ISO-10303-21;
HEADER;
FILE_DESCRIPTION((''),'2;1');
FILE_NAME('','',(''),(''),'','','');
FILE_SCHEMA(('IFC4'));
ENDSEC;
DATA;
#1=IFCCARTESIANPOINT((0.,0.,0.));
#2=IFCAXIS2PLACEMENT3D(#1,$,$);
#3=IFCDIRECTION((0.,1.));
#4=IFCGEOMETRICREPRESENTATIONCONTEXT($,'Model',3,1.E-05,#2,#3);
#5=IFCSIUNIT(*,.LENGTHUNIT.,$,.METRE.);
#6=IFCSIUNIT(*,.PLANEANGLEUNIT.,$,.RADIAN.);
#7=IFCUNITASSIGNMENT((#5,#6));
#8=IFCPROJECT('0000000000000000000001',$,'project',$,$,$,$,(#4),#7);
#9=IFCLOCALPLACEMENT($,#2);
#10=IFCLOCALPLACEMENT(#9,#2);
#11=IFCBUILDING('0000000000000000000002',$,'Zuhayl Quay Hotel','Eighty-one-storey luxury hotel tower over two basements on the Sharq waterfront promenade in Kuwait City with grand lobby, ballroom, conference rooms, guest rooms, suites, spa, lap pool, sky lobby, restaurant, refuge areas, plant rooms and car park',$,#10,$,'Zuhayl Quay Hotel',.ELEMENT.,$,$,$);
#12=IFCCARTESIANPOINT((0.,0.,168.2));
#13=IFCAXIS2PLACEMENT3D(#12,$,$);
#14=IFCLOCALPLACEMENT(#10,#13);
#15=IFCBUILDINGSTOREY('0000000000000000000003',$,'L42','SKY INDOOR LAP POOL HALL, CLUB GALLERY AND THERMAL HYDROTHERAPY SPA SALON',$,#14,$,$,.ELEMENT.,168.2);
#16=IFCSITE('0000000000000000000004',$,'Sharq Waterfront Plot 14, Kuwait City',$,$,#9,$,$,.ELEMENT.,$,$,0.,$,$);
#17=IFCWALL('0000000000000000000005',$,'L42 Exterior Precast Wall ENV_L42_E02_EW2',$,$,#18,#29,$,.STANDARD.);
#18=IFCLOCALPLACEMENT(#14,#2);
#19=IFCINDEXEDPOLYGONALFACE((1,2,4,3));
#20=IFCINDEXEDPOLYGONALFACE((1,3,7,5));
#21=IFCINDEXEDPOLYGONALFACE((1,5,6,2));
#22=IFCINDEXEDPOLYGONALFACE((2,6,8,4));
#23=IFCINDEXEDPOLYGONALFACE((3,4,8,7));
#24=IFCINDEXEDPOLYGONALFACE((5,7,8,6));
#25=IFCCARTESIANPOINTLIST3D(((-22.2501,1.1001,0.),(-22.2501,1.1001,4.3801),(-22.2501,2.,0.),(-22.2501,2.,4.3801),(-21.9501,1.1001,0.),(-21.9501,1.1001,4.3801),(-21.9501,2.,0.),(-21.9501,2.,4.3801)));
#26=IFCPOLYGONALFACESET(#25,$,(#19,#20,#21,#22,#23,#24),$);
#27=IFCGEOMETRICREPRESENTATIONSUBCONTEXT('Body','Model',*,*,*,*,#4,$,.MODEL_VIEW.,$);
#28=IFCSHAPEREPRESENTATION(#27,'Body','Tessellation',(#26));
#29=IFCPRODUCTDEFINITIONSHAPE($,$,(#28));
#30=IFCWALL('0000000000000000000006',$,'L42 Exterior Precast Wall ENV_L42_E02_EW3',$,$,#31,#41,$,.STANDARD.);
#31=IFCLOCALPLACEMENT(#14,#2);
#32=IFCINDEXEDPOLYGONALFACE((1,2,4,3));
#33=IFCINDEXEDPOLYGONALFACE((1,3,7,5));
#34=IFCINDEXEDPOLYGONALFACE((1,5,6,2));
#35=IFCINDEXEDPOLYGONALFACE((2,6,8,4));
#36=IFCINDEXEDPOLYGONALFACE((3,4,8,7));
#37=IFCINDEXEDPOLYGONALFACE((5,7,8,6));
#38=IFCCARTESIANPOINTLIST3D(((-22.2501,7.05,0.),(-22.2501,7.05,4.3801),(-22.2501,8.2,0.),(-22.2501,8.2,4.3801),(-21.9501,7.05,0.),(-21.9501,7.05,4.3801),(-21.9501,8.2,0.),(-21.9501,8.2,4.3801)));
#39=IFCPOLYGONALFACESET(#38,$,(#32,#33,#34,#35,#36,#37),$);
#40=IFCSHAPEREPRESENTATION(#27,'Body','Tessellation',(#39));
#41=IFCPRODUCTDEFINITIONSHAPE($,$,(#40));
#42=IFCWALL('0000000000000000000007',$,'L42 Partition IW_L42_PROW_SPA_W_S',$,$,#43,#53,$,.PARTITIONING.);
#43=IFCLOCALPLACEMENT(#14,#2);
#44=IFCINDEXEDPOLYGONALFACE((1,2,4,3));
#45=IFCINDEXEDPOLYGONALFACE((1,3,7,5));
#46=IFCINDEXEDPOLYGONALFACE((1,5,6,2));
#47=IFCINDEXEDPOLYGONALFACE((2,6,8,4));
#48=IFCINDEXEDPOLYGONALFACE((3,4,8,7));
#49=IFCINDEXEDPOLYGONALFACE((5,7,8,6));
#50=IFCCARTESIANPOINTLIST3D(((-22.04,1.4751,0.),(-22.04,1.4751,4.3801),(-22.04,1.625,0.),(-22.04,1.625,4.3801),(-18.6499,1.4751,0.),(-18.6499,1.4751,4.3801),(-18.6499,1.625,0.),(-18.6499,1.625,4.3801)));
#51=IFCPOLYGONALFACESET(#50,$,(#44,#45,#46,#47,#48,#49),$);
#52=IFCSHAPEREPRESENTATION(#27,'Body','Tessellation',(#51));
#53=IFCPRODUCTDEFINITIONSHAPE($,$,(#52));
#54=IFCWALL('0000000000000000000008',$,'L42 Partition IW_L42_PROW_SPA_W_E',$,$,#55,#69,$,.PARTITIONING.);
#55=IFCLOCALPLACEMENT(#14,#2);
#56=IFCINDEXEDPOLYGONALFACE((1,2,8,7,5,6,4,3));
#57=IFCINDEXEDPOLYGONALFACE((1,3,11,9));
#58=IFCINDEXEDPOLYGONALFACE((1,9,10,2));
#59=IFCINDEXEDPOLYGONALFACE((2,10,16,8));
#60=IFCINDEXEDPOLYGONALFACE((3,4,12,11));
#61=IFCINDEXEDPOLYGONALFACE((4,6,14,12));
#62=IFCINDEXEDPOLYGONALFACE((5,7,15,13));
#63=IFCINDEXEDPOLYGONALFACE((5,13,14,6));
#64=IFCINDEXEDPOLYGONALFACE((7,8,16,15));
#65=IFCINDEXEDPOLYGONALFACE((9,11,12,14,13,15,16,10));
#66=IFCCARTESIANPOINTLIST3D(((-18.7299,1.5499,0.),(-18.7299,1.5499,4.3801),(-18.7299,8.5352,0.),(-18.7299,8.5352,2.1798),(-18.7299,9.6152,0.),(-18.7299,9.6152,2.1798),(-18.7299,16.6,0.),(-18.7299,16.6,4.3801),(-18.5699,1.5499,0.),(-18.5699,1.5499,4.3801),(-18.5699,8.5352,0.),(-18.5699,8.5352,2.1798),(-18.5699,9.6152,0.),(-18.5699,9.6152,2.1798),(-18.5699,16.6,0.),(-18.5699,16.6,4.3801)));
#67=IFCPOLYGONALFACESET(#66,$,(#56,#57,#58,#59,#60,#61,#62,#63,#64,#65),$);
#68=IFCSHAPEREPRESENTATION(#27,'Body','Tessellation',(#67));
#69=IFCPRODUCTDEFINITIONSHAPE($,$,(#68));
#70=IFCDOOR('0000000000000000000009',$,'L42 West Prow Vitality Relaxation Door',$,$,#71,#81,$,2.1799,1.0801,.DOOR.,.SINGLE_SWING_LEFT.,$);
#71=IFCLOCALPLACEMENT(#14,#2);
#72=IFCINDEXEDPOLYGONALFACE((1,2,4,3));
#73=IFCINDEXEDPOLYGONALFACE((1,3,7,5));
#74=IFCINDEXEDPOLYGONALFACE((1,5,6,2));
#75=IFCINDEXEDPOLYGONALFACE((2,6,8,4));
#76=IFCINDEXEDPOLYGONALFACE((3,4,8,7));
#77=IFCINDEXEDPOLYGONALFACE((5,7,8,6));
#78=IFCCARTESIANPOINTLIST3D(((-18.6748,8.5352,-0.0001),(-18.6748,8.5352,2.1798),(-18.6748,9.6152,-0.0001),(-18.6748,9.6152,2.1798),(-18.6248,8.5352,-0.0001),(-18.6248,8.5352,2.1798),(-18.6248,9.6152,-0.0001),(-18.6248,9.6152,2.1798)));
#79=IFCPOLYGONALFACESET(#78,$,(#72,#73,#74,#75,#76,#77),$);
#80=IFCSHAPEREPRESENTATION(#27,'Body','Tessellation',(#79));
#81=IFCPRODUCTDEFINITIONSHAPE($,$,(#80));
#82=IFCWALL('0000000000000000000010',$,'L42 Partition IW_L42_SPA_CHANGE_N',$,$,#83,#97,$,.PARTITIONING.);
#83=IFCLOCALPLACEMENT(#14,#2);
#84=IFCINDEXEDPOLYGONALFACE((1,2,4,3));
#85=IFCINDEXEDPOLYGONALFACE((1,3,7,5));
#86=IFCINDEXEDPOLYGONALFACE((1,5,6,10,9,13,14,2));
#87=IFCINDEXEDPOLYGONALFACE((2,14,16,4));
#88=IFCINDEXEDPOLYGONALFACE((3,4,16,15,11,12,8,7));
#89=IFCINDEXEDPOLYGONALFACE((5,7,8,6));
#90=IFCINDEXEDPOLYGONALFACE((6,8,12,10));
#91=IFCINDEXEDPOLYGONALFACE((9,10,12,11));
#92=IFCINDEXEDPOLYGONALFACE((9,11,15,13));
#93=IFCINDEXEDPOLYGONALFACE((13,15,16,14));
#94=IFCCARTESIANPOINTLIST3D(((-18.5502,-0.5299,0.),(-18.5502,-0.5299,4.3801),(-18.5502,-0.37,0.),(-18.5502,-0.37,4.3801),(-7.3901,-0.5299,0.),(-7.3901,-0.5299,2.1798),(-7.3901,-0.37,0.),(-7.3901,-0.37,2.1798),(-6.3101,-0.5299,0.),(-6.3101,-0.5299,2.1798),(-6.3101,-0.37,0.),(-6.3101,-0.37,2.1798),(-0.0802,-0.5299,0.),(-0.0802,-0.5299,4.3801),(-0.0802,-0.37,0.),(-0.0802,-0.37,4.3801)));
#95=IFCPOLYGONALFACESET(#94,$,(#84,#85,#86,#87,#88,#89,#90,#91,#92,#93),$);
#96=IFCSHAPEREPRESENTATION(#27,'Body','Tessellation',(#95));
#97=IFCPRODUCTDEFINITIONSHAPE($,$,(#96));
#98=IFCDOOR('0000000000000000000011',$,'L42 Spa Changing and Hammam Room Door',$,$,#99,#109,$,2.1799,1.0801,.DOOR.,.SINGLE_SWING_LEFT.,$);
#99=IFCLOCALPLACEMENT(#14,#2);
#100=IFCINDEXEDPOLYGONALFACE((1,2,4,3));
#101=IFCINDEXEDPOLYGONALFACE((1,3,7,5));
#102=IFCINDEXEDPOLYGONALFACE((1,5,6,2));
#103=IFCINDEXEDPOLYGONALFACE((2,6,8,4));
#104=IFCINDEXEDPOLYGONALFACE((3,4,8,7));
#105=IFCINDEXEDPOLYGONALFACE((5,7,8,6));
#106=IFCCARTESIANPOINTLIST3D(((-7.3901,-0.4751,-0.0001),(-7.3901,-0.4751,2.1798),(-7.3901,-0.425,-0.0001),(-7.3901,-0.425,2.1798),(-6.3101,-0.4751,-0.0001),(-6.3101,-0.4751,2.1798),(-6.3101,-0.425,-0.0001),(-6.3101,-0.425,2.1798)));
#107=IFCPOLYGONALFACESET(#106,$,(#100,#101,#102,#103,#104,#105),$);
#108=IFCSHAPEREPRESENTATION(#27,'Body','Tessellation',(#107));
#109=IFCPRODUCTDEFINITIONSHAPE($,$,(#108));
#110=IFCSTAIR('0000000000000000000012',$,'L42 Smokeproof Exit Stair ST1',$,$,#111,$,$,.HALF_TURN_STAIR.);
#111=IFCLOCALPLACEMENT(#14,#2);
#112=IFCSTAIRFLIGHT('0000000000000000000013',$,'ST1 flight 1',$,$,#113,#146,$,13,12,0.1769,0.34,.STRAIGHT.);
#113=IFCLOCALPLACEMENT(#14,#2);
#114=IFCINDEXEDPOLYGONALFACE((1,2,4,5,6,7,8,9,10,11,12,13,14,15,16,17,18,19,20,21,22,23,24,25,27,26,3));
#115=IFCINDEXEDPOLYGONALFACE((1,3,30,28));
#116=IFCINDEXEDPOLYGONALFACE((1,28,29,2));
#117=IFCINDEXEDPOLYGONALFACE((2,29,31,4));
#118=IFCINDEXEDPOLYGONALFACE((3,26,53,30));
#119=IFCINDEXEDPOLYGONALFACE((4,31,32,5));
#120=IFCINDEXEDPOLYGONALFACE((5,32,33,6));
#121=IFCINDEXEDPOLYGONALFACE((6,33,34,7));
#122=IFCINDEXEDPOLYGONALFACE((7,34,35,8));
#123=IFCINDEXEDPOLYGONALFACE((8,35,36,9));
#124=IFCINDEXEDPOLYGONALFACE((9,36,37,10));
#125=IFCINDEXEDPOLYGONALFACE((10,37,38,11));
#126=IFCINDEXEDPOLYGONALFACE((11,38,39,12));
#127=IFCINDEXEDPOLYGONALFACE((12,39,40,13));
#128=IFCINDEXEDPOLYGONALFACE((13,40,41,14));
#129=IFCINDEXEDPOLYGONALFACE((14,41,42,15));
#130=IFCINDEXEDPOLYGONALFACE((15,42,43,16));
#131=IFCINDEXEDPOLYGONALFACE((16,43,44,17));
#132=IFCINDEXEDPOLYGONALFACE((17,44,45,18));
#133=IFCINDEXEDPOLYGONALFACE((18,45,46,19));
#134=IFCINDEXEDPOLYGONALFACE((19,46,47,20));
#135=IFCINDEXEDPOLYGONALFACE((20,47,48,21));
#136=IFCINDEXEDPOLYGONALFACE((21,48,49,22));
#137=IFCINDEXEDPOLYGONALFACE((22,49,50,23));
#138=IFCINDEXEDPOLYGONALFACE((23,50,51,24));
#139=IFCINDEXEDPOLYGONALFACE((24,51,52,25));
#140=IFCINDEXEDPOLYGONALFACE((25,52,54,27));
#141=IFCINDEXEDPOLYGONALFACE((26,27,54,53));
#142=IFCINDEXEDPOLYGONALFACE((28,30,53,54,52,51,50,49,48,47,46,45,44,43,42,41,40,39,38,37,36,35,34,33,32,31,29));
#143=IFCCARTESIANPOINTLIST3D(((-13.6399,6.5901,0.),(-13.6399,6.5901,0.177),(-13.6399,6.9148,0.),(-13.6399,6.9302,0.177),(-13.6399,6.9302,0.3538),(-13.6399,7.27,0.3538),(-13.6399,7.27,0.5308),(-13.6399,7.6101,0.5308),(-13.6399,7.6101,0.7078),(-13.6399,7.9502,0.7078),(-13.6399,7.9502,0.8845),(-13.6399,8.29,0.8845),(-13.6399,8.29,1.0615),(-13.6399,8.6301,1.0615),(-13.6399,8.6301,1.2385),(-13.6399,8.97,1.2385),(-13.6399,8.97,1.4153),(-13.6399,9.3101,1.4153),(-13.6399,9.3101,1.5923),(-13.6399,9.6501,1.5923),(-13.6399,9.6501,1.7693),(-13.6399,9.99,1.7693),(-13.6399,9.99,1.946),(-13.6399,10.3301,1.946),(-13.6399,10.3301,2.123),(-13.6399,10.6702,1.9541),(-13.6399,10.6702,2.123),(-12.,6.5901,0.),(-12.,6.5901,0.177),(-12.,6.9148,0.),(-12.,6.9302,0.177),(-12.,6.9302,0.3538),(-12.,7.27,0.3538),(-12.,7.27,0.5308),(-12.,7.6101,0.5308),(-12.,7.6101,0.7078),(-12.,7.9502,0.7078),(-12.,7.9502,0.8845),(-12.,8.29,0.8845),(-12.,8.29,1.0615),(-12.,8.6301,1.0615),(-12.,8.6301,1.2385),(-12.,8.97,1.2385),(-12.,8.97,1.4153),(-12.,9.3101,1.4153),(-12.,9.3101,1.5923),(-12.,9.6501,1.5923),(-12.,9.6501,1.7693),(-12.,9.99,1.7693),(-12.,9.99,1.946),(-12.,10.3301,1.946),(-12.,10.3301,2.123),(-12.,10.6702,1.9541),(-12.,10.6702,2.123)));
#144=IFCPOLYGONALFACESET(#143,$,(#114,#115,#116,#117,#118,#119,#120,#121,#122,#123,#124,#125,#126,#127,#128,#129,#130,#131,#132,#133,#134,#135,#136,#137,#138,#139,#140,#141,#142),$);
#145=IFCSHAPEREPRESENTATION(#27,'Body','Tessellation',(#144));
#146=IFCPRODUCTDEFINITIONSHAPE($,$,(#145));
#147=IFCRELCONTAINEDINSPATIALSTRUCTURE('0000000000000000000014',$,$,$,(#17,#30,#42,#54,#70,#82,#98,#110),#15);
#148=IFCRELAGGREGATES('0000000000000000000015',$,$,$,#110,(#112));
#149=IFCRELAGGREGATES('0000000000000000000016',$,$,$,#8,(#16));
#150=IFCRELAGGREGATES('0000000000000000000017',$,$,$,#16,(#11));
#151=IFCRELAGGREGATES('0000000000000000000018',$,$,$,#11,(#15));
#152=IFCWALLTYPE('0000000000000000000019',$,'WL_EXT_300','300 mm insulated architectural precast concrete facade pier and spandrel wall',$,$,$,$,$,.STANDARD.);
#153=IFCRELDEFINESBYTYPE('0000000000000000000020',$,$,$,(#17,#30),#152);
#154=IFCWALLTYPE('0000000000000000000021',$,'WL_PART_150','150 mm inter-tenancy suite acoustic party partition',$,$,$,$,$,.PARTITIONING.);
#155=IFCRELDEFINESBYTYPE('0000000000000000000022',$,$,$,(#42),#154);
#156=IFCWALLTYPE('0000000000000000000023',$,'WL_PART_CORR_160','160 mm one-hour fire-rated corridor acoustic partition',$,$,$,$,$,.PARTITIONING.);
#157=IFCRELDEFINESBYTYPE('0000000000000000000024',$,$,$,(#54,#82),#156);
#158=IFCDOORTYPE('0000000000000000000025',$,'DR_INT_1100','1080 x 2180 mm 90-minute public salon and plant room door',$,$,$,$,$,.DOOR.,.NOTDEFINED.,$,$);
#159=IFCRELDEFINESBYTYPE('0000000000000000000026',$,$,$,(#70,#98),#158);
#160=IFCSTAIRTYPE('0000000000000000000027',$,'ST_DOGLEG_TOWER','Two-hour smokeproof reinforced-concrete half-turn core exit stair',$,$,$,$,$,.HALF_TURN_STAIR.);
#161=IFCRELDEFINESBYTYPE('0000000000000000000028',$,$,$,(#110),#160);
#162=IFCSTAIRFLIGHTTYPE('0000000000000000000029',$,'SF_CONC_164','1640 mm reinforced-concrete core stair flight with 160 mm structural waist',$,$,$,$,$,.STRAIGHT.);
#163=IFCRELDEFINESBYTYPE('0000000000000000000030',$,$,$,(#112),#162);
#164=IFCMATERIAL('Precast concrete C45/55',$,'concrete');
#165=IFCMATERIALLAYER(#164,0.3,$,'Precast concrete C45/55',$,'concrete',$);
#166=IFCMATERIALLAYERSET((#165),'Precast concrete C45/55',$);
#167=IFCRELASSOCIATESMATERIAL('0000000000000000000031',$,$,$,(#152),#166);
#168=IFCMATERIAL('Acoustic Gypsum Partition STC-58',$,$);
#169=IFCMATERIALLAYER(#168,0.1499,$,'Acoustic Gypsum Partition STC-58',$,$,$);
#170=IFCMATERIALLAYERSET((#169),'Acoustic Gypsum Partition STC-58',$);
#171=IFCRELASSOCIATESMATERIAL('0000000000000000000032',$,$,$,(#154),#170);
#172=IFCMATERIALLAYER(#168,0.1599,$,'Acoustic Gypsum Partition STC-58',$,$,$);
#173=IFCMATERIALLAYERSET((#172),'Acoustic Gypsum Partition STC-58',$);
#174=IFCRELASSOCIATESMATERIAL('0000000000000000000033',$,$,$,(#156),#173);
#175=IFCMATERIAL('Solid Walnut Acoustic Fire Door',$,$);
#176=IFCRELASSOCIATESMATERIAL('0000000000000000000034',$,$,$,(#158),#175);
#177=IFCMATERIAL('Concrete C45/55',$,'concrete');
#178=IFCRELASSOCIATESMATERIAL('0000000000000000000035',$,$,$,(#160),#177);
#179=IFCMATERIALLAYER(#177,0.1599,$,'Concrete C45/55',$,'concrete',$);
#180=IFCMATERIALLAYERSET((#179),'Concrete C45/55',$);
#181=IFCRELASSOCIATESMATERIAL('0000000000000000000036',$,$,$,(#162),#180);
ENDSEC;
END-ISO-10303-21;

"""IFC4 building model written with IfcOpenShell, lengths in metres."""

from ifc_helpers import new_model, si_unit, direction, frame, frame_2d, origin, place, context, subcontext, project, spatial, polyline, rectangle, outline, extrude, material, layer, layer_set, type_object, element, fill, aggregate, save


model = new_model("IFC4")

# Units and contexts
model_context = context("Model", 3, precision=1e-05, world=origin(), true_north=direction((0.0, 1.0)))
body_context = subcontext(model_context, "Body", "Model", "MODEL_VIEW")
ifc_project = project(units=[si_unit("LENGTHUNIT", "METRE"), si_unit("PLANEANGLEUNIT", "RADIAN")], contexts=[model_context])

# Site, building, storey
site_placement = place(None, origin())
site = spatial("IfcSite", under=ifc_project, at=site_placement, Name="Sharq Waterfront Plot 14, Kuwait City", CompositionType="ELEMENT", RefElevation=0.0)
building_placement = place(site_placement, origin())
building = spatial("IfcBuilding", under=site, at=building_placement, Name="Zuhayl Quay Hotel", Description="Eighty-one-storey luxury hotel tower over two basements on the Sharq waterfront promenade in Kuwait City with grand lobby, ballroom, conference rooms, guest rooms, suites, spa, lap pool, sky lobby, restaurant, refuge areas, plant rooms and car park", LongName="Zuhayl Quay Hotel", CompositionType="ELEMENT")
storey_placement = place(building_placement, frame((0.0, 0.0, 168.2)))
storey = spatial("IfcBuildingStorey", under=building, at=storey_placement, Name="L42", Description="SKY INDOOR LAP POOL HALL, CLUB GALLERY AND THERMAL HYDROTHERAPY SPA SALON", CompositionType="ELEMENT", Elevation=168.2)

# Walls
ifc_material_1 = material(Name="Precast concrete C45/55", Category="concrete")
ifc_layer_1 = layer(ifc_material_1, 0.3, Name="Precast concrete C45/55", Category="concrete")
ifc_layer_set_1 = layer_set([ifc_layer_1], Name="Precast concrete C45/55")
wall_type_1 = type_object("IfcWallType", Name="WL_EXT_300", Description="300 mm insulated architectural precast concrete facade pier and spandrel wall", PredefinedType="STANDARD", material=ifc_layer_set_1)
wall_1_placement = place(storey_placement, frame((-22.1001, 1.1001, 0.0), z_axis=(0.0, 0.0, 1.0), x_axis=(0.0, 1.0, 0.0)))
element("IfcWall", 1, at=wall_1_placement, inside=storey, type_object=wall_type_1, Name="L42 Exterior Precast Wall ENV_L42_E02_EW2", PredefinedType="STANDARD", context=body_context, shape_type="SweptSolid", body=[
    extrude(rectangle(XDim=0.8999, YDim=0.3, at=frame_2d((0.45, 0.0))), origin(), (0.0, 0.0, 1.0), 4.3801),
])
wall_2_placement = place(storey_placement, frame((-22.1001, 7.05, 0.0), z_axis=(0.0, 0.0, 1.0), x_axis=(0.0, 1.0, 0.0)))
element("IfcWall", 2, at=wall_2_placement, inside=storey, type_object=wall_type_1, Name="L42 Exterior Precast Wall ENV_L42_E02_EW3", PredefinedType="STANDARD", context=body_context, shape_type="SweptSolid", body=[
    extrude(rectangle(XDim=1.1499, YDim=0.3, at=frame_2d((0.575, 0.0))), origin(), (0.0, 0.0, 1.0), 4.3801),
])
ifc_material_2 = material(Name="Acoustic Gypsum Partition STC-58")
ifc_layer_2 = layer(ifc_material_2, 0.1499, Name="Acoustic Gypsum Partition STC-58")
ifc_layer_set_2 = layer_set([ifc_layer_2], Name="Acoustic Gypsum Partition STC-58")
wall_type_2 = type_object("IfcWallType", Name="WL_PART_150", Description="150 mm inter-tenancy suite acoustic party partition", PredefinedType="PARTITIONING", material=ifc_layer_set_2)
wall_3_placement = place(storey_placement, frame((-22.04, 1.55, 0.0), z_axis=(0.0, 0.0, 1.0), x_axis=(1.0, 0.0, 0.0)))
element("IfcWall", 3, at=wall_3_placement, inside=storey, type_object=wall_type_2, Name="L42 Partition IW_L42_PROW_SPA_W_S", PredefinedType="PARTITIONING", context=body_context, shape_type="SweptSolid", body=[
    extrude(rectangle(XDim=3.3901, YDim=0.1499, at=frame_2d((1.6951, 0.0))), origin(), (0.0, 0.0, 1.0), 4.3801),
])

# Walls, openings, doors
ifc_layer_3 = layer(ifc_material_2, 0.1599, Name="Acoustic Gypsum Partition STC-58")
ifc_layer_set_3 = layer_set([ifc_layer_3], Name="Acoustic Gypsum Partition STC-58")
wall_type_3 = type_object("IfcWallType", Name="WL_PART_CORR_160", Description="160 mm one-hour fire-rated corridor acoustic partition", PredefinedType="PARTITIONING", material=ifc_layer_set_3)
wall_4_placement = place(storey_placement, frame((-18.6499, 1.55, 0.0), z_axis=(0.0, 0.0, 1.0), x_axis=(0.0, 1.0, 0.0)))
wall_4 = element("IfcWall", 4, at=wall_4_placement, inside=storey, type_object=wall_type_3, Name="L42 Partition IW_L42_PROW_SPA_W_E", PredefinedType="PARTITIONING", context=body_context, shape_type="SweptSolid", body=[
    extrude(rectangle(XDim=15.05, YDim=0.1599, at=frame_2d((7.5249, 0.0))), origin(), (0.0, 0.0, 1.0), 4.3801),
])
opening_1_placement = place(wall_4_placement, frame((6.9851, 0.0, 0.0)))
opening_1 = element("IfcOpeningElement", 5, at=opening_1_placement, cuts=wall_4, PredefinedType="OPENING", context=body_context, shape_type="SweptSolid", body=[
    extrude(rectangle(XDim=1.0801, YDim=2.1799, at=frame_2d((0.54, 1.0898))), frame((0.0, 0.0898, 0.0), z_axis=(0.0, -1.0, 0.0), x_axis=(1.0, 0.0, 0.0)), (0.0, 0.0, 1.0), 0.1799),
])
ifc_material_3 = material(Name="Solid Walnut Acoustic Fire Door")
door_type = type_object("IfcDoorType", Name="DR_INT_1100", Description="1080 x 2180 mm 90-minute public salon and plant room door", OperationType="NOTDEFINED", PredefinedType="DOOR", material=ifc_material_3)
door_1_placement = place(opening_1_placement, origin())
door_1 = element("IfcDoor", 6, at=door_1_placement, inside=storey, type_object=door_type, Name="L42 West Prow Vitality Relaxation Door", OperationType="SINGLE_SWING_LEFT", OverallHeight=2.1799, OverallWidth=1.0801, PredefinedType="DOOR", context=body_context, shape_type="SweptSolid", body=[
    extrude(rectangle(XDim=1.0801, YDim=2.1799, at=frame_2d((0.54, 1.0898))), frame((0.0, 0.0249, 0.0), z_axis=(0.0, -1.0, 0.0), x_axis=(1.0, 0.0, 0.0)), (0.0, 0.0, 1.0), 0.05),
])
fill(opening_1, door_1)
wall_5_placement = place(storey_placement, frame((-18.55, -0.45, 0.0), z_axis=(0.0, 0.0, 1.0), x_axis=(1.0, 0.0, 0.0)))
wall_5 = element("IfcWall", 7, at=wall_5_placement, inside=storey, type_object=wall_type_3, Name="L42 Partition IW_L42_SPA_CHANGE_N", PredefinedType="PARTITIONING", context=body_context, shape_type="SweptSolid", body=[
    extrude(rectangle(XDim=18.47, YDim=0.1599, at=frame_2d((9.2349, 0.0))), origin(), (0.0, 0.0, 1.0), 4.3801),
])
opening_2_placement = place(wall_5_placement, frame((11.1599, 0.0, 0.0)))
opening_2 = element("IfcOpeningElement", 8, at=opening_2_placement, cuts=wall_5, PredefinedType="OPENING", context=body_context, shape_type="SweptSolid", body=[
    extrude(rectangle(XDim=1.0801, YDim=2.1799, at=frame_2d((0.54, 1.0898))), frame((0.0, 0.0898, 0.0), z_axis=(0.0, -1.0, 0.0), x_axis=(1.0, 0.0, 0.0)), (0.0, 0.0, 1.0), 0.1799),
])
door_2_placement = place(opening_2_placement, origin())
door_2 = element("IfcDoor", 9, at=door_2_placement, inside=storey, type_object=door_type, Name="L42 Spa Changing and Hammam Room Door", OperationType="SINGLE_SWING_LEFT", OverallHeight=2.1799, OverallWidth=1.0801, PredefinedType="DOOR", context=body_context, shape_type="SweptSolid", body=[
    extrude(rectangle(XDim=1.0801, YDim=2.1799, at=frame_2d((0.54, 1.0898))), frame((0.0, 0.0249, 0.0), z_axis=(0.0, -1.0, 0.0), x_axis=(1.0, 0.0, 0.0)), (0.0, 0.0, 1.0), 0.05),
])
fill(opening_2, door_2)

# Stair, stair flight
ifc_material_4 = material(Name="Concrete C45/55", Category="concrete")
stair_type = type_object("IfcStairType", Name="ST_DOGLEG_TOWER", Description="Two-hour smokeproof reinforced-concrete half-turn core exit stair", PredefinedType="HALF_TURN_STAIR", material=ifc_material_4)
stair_placement = place(storey_placement, origin())
stair = element("IfcStair", 10, at=stair_placement, inside=storey, type_object=stair_type, Name="L42 Smokeproof Exit Stair ST1", PredefinedType="HALF_TURN_STAIR")
ifc_layer_4 = layer(ifc_material_4, 0.1599, Name="Concrete C45/55", Category="concrete")
ifc_layer_set_4 = layer_set([ifc_layer_4], Name="Concrete C45/55")
stair_flight_type = type_object("IfcStairFlightType", Name="SF_CONC_164", Description="1640 mm reinforced-concrete core stair flight with 160 mm structural waist", PredefinedType="STRAIGHT", material=ifc_layer_set_4)
stair_flight_placement = place(storey_placement, frame((-12.8201, 6.5901, 0.0), z_axis=(0.0, 0.0, 1.0), x_axis=(0.0, 1.0, 0.0)))
stair_flight = element("IfcStairFlight", 11, at=stair_flight_placement, type_object=stair_flight_type, Name="ST1 flight 1", NumberOfRisers=13, NumberOfTreads=12, PredefinedType="STRAIGHT", RiserHeight=0.1769, TreadLength=0.34, context=body_context, shape_type="SweptSolid", body=[
    extrude(outline(polyline([(0.0, 0.0), (0.0, 0.177), (0.3401, 0.177), (0.3401, 0.3538), (0.6799, 0.3538), (0.6799, 0.5308), (1.02, 0.5308), (1.02, 0.7078), (1.3601, 0.7078), (1.3601, 0.8845), (1.7, 0.8845), (1.7, 1.0615), (2.04, 1.0615), (2.04, 1.2385), (2.3799, 1.2385), (2.3799, 1.4153), (2.72, 1.4153), (2.72, 1.5923), (3.0601, 1.5923), (3.0601, 1.7693), (3.3999, 1.7693), (3.3999, 1.946), (3.74, 1.946), (3.74, 2.123), (4.0801, 2.123), (4.0801, 2.3), (4.0801, 1.9541), (0.3247, 0.0), (0.0, 0.0)])), frame((0.0, 0.8198, 0.0), z_axis=(0.0, -1.0, 0.0), x_axis=(1.0, 0.0, 0.0)), (0.0, 0.0, 1.0), 1.6399),
])
aggregate(stair, [stair_flight])

save(model, "model.ifc")
